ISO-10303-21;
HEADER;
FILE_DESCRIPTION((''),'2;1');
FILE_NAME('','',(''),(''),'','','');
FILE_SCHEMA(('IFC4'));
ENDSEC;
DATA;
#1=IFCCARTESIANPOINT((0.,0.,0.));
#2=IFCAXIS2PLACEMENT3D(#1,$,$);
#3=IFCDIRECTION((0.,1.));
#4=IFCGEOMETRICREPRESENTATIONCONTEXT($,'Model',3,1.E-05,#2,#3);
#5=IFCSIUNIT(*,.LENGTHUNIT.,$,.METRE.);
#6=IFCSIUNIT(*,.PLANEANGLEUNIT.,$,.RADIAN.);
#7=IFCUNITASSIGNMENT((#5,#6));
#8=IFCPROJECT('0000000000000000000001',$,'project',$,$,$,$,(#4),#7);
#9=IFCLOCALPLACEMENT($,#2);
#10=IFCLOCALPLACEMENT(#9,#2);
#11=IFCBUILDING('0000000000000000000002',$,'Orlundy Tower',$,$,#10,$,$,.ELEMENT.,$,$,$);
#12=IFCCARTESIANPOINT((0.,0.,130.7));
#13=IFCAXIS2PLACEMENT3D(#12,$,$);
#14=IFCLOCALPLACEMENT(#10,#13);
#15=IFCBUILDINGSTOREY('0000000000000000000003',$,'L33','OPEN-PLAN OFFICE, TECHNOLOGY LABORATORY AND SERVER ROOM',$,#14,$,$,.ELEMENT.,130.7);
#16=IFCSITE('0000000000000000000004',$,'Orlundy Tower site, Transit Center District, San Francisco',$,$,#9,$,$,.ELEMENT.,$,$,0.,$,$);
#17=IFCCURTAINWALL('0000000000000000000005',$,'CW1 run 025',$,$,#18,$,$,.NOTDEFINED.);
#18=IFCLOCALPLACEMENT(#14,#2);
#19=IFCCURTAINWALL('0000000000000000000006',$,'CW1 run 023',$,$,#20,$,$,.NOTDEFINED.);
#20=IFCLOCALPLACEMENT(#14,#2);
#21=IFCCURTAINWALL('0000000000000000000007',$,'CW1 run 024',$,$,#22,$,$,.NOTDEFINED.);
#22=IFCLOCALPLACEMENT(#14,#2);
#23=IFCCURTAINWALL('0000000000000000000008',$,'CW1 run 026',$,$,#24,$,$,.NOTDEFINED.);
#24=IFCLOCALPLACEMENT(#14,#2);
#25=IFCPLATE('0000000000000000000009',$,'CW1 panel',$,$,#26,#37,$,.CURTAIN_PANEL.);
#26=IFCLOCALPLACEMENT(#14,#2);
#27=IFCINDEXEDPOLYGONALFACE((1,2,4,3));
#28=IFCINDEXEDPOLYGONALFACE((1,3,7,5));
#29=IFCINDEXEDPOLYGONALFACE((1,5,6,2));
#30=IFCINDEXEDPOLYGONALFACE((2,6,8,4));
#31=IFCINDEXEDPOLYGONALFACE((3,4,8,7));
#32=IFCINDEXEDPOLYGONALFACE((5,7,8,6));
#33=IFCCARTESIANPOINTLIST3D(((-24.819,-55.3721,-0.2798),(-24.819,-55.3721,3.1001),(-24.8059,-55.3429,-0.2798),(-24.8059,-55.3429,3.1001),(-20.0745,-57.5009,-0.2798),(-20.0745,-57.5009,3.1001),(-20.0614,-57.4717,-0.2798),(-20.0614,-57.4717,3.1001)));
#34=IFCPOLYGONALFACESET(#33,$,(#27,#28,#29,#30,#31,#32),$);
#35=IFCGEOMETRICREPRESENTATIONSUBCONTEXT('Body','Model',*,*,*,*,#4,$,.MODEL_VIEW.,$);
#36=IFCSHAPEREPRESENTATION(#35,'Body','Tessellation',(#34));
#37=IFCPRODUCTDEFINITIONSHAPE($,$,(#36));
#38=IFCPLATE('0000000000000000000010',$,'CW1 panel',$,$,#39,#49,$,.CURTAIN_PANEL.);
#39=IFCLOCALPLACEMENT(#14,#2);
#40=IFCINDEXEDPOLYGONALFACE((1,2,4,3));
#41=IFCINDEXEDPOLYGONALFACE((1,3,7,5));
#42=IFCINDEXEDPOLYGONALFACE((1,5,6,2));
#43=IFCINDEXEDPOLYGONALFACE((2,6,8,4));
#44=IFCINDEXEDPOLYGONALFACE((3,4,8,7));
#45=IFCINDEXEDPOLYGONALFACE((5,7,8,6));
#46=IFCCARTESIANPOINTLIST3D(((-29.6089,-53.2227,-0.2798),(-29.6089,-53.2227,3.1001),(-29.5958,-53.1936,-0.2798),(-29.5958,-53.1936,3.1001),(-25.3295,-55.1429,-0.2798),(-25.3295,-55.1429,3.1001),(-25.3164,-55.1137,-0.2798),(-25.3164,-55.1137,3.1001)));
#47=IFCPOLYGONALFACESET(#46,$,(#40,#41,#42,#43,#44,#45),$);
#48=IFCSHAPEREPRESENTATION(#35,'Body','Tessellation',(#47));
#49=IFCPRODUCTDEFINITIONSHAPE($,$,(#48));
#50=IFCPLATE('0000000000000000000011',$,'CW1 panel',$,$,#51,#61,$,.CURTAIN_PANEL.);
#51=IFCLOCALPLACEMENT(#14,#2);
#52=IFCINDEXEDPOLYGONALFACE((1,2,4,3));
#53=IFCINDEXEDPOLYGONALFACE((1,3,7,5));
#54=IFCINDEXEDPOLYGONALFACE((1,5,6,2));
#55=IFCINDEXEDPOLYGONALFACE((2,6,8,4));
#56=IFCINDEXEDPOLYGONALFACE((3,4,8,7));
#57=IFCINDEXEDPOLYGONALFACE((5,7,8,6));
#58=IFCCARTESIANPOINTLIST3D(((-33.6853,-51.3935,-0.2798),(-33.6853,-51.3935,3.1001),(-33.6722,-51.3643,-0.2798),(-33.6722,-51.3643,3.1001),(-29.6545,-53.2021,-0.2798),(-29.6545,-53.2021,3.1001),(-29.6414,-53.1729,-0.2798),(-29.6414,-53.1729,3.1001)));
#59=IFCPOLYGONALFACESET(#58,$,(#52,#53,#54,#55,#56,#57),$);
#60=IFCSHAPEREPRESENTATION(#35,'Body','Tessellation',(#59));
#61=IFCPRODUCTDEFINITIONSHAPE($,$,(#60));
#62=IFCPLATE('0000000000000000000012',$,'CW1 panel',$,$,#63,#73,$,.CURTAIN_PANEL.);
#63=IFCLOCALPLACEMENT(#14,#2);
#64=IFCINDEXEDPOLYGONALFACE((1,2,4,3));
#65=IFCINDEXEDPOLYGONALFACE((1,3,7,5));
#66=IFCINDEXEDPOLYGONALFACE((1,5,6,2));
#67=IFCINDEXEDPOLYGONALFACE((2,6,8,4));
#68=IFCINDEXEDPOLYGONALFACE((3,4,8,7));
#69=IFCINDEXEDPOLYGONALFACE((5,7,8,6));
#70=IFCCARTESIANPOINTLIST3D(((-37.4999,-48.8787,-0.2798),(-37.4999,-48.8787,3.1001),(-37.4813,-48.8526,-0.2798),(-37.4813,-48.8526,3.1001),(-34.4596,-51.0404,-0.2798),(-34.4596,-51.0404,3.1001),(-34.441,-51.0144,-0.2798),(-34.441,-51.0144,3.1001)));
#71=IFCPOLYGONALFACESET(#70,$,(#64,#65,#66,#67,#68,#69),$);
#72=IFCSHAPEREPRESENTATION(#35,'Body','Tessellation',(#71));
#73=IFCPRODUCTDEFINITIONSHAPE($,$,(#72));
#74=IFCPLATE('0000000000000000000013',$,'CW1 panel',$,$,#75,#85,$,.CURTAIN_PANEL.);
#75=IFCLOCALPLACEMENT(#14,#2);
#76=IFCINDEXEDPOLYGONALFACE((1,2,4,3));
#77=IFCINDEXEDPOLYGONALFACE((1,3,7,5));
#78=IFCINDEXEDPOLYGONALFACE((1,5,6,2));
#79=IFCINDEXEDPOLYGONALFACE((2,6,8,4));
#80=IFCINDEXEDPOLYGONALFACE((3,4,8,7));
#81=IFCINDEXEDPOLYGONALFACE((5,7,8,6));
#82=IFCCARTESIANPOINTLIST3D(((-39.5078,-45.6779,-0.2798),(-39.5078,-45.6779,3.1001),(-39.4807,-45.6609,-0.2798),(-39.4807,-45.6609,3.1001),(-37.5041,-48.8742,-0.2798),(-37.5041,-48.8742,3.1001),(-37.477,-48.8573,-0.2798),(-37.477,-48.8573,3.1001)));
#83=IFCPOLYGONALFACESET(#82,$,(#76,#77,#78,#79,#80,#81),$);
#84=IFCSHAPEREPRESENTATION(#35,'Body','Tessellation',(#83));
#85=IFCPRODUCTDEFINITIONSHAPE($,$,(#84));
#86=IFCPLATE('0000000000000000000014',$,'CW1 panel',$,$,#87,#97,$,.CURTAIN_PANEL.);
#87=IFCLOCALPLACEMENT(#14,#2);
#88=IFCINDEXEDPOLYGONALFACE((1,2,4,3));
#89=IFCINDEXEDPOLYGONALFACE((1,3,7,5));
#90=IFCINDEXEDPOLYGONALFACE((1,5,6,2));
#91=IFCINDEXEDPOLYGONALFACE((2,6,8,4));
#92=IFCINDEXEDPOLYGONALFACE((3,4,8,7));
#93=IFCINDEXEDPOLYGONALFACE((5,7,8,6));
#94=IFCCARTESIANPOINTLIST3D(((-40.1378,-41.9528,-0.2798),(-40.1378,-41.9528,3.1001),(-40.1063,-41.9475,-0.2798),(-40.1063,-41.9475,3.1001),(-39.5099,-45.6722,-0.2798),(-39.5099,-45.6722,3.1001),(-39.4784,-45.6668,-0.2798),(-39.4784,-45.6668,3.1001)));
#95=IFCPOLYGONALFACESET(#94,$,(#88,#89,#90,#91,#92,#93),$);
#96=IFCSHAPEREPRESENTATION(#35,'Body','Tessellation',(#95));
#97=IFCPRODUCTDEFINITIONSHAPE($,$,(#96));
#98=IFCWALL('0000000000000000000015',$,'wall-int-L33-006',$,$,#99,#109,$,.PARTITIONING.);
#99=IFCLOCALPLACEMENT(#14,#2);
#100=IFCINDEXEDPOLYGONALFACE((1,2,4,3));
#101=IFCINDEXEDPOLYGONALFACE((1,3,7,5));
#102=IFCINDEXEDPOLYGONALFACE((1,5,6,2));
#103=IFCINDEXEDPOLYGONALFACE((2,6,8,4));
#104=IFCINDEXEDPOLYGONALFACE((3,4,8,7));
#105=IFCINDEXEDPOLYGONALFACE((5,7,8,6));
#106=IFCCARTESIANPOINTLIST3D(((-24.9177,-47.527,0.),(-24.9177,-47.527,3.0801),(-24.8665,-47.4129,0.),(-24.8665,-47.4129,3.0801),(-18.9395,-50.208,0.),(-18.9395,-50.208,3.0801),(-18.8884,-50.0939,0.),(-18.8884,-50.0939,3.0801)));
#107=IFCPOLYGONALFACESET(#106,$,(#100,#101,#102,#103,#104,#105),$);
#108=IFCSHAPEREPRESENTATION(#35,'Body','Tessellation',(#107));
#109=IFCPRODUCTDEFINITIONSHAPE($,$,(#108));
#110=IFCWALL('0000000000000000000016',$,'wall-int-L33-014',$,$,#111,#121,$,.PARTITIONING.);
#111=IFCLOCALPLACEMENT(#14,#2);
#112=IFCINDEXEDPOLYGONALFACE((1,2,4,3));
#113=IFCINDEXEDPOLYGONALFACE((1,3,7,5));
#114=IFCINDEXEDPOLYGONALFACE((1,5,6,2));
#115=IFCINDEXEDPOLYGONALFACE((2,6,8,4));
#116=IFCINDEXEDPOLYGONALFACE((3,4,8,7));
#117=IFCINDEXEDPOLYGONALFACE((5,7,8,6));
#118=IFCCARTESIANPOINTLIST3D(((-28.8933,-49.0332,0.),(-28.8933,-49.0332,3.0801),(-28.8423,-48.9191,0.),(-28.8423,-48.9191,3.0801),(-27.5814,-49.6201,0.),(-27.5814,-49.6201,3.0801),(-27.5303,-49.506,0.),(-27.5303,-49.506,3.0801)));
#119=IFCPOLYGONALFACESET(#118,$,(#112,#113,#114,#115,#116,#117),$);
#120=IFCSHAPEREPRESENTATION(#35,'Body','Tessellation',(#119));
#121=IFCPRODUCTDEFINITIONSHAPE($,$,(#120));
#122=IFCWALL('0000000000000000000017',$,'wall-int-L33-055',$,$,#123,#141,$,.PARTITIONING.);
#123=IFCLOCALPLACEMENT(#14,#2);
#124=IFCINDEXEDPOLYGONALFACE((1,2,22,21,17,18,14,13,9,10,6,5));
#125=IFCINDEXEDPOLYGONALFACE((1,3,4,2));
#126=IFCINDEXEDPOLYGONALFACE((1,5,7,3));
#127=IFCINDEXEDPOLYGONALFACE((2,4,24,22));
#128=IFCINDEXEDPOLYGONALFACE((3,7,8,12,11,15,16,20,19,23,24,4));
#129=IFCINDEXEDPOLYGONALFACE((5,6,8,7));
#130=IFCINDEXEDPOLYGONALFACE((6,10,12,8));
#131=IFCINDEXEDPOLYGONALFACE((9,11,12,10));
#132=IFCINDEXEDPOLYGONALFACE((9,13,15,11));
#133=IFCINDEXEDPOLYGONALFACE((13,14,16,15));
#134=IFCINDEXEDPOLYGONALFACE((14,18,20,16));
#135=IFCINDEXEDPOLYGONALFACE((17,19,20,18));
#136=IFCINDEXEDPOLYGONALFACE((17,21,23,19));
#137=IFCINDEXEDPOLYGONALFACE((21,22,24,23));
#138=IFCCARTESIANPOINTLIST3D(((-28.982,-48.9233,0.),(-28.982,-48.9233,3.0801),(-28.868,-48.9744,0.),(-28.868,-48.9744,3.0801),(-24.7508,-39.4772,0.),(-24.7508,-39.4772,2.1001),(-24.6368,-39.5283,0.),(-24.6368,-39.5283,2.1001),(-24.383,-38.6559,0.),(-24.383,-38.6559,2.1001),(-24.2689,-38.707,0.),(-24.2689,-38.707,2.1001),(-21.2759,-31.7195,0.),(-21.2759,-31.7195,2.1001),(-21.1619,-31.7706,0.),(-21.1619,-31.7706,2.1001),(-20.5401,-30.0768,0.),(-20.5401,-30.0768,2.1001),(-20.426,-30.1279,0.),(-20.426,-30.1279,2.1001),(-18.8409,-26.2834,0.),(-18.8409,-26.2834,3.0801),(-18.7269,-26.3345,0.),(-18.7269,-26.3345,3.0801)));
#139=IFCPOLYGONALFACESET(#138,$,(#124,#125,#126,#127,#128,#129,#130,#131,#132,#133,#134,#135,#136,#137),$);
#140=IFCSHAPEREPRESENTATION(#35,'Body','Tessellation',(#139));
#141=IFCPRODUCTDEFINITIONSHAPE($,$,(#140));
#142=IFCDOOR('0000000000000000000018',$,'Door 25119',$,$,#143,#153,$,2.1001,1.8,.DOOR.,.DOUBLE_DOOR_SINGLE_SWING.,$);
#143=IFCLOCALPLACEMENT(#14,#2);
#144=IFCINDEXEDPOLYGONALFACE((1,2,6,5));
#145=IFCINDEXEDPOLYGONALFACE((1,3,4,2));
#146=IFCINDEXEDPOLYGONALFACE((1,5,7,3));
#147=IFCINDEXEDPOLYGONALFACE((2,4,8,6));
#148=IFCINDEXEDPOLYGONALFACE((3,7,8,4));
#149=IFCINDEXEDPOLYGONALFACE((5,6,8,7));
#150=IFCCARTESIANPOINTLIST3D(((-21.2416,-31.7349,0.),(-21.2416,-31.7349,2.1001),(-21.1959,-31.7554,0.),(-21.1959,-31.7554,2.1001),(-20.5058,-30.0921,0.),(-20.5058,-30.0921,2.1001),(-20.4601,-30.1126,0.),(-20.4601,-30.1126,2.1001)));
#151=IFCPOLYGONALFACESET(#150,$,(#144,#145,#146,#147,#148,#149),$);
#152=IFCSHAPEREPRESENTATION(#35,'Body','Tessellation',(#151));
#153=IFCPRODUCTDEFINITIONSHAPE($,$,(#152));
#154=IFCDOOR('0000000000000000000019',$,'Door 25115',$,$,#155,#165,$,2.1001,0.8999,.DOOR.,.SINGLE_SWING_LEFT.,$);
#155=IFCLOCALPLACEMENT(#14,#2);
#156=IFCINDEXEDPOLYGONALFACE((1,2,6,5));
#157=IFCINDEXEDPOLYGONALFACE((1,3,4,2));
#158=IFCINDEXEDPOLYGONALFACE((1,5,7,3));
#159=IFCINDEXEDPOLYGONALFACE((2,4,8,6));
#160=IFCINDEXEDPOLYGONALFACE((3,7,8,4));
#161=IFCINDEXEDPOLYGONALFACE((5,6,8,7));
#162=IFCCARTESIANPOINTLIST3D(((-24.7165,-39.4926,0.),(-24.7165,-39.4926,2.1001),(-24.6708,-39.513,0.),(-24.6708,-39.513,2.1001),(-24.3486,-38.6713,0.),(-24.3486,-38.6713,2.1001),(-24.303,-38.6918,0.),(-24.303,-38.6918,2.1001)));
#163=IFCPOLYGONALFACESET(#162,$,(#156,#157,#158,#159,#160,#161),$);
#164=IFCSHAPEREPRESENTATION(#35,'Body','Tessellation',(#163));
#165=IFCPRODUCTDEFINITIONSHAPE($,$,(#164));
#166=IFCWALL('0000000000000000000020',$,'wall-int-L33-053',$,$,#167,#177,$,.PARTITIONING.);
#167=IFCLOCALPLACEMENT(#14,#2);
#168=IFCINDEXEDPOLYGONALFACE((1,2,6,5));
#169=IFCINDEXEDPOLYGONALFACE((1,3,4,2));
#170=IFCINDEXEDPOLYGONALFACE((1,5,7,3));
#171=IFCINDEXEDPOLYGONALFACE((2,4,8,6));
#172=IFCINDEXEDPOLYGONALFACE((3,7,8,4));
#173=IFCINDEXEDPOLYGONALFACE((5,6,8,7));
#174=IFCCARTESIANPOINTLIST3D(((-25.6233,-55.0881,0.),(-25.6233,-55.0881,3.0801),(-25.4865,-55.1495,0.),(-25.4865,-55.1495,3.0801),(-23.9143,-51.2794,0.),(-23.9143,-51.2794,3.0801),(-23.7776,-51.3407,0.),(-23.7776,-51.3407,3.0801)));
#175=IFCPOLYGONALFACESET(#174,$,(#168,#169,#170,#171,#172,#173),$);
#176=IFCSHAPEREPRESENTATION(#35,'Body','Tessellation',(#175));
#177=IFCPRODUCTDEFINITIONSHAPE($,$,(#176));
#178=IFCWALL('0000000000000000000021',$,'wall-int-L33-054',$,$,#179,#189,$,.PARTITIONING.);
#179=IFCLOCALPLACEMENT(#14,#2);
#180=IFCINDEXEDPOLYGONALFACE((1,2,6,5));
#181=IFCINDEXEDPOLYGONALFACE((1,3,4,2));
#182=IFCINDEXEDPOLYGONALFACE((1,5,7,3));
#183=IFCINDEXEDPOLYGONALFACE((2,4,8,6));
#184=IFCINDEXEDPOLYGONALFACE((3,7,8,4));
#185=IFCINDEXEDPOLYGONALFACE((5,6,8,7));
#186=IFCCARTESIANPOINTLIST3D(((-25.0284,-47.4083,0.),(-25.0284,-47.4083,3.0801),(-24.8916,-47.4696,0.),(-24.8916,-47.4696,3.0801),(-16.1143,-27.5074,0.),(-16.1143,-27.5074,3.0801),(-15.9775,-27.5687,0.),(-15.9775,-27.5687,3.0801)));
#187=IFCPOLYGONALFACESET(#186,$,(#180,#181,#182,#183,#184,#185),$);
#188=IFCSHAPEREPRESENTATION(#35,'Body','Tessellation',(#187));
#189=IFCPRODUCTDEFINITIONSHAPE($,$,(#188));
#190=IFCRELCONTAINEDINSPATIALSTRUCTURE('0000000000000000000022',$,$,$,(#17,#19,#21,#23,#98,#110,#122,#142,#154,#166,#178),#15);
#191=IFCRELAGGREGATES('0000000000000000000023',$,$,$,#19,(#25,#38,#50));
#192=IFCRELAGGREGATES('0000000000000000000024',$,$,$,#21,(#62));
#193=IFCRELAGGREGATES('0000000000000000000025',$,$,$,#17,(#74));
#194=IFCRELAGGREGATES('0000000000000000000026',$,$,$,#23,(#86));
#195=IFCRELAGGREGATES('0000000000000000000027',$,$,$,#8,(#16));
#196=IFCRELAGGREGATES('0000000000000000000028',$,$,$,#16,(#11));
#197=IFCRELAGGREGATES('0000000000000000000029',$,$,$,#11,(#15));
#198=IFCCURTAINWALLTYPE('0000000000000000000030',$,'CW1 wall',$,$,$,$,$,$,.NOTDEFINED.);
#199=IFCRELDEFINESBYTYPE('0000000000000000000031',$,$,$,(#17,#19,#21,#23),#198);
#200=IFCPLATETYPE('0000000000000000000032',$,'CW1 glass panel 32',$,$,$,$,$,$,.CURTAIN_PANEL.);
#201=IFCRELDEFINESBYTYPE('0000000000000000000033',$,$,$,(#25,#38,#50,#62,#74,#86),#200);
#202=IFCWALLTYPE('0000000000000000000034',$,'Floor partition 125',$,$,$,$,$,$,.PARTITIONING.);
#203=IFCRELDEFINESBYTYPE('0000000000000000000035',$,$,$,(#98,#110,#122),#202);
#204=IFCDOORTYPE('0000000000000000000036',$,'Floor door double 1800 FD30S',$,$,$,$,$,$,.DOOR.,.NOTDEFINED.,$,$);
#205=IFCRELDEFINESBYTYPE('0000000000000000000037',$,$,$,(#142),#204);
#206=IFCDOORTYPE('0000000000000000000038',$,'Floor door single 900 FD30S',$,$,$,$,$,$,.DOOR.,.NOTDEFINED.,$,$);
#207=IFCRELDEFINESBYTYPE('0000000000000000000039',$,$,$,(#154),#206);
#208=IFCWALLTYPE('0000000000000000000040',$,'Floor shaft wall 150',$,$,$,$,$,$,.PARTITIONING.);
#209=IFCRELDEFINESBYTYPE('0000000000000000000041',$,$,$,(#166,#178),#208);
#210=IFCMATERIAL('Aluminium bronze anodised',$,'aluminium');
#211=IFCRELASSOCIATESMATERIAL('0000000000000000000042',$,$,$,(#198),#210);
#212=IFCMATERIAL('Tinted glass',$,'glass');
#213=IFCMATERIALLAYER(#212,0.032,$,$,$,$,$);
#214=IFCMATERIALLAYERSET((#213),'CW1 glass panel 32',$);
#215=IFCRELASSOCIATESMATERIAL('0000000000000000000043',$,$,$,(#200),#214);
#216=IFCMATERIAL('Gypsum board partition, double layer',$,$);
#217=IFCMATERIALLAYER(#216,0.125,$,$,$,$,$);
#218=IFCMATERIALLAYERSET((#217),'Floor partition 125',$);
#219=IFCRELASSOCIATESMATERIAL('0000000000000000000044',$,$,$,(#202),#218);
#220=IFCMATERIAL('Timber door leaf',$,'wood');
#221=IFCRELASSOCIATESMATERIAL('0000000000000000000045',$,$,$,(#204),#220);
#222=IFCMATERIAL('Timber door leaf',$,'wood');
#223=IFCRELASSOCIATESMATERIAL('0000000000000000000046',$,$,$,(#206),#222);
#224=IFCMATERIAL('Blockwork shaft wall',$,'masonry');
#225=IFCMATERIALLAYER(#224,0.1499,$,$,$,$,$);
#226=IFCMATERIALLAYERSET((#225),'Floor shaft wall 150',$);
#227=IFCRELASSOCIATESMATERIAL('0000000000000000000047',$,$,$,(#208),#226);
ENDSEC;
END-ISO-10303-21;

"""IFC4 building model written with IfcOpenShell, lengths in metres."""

from ifc_helpers import new_model, si_unit, direction, frame, frame_2d, origin, origin_2d, place, context, subcontext, project, spatial, rectangle, extrude, material, layer, layer_set, type_object, element, fill, aggregate, save


model = new_model("IFC4")

# Units and contexts
model_context = context("Model", 3, precision=1e-05, world=origin(), true_north=direction((0.0, 1.0)))
body_context = subcontext(model_context, "Body", "Model", "MODEL_VIEW")
ifc_project = project(units=[si_unit("LENGTHUNIT", "METRE"), si_unit("PLANEANGLEUNIT", "RADIAN")], contexts=[model_context])

# Site, building, storey
site_placement = place(None, origin())
site = spatial("IfcSite", under=ifc_project, at=site_placement, Name="Orlundy Tower site, Transit Center District, San Francisco", CompositionType="ELEMENT", RefElevation=0.0)
building_placement = place(site_placement, origin())
building = spatial("IfcBuilding", under=site, at=building_placement, Name="Orlundy Tower", CompositionType="ELEMENT")
storey_placement = place(building_placement, frame((0.0, 0.0, 130.7)))
storey = spatial("IfcBuildingStorey", under=building, at=storey_placement, Name="L33", Description="OPEN-PLAN OFFICE, TECHNOLOGY LABORATORY AND SERVER ROOM", CompositionType="ELEMENT", Elevation=130.7)

# Curtain wall
ifc_material_1 = material(Name="Aluminium bronze anodised", Category="aluminium")
curtain_wall_type = type_object("IfcCurtainWallType", Name="CW1 wall", PredefinedType="NOTDEFINED", material=ifc_material_1)
curtain_wall_1_placement = place(storey_placement, origin())
curtain_wall_1 = element("IfcCurtainWall", 1, at=curtain_wall_1_placement, inside=storey, type_object=curtain_wall_type, Name="CW1 run 025", PredefinedType="NOTDEFINED")

# Curtain wall
curtain_wall_2_placement = place(storey_placement, origin())
curtain_wall_2 = element("IfcCurtainWall", 2, at=curtain_wall_2_placement, inside=storey, type_object=curtain_wall_type, Name="CW1 run 023", PredefinedType="NOTDEFINED")

# Curtain wall
curtain_wall_3_placement = place(storey_placement, origin())
curtain_wall_3 = element("IfcCurtainWall", 3, at=curtain_wall_3_placement, inside=storey, type_object=curtain_wall_type, Name="CW1 run 024", PredefinedType="NOTDEFINED")

# Curtain wall
curtain_wall_4_placement = place(storey_placement, origin())
curtain_wall_4 = element("IfcCurtainWall", 4, at=curtain_wall_4_placement, inside=storey, type_object=curtain_wall_type, Name="CW1 run 026", PredefinedType="NOTDEFINED")

# Plates
ifc_material_2 = material(Name="Tinted glass", Category="glass")
ifc_layer_1 = layer(ifc_material_2, 0.032)
ifc_layer_set_1 = layer_set([ifc_layer_1], Name="CW1 glass panel 32")
plate_type = type_object("IfcPlateType", Name="CW1 glass panel 32", PredefinedType="CURTAIN_PANEL", material=ifc_layer_set_1)
plate_1_placement = place(storey_placement, frame((-22.4402, -56.4219, -0.2798), z_axis=(0.0, 0.0, 1.0), x_axis=(-0.912366, 0.409374, 0.0)))
plate_1 = element("IfcPlate", 5, at=plate_1_placement, type_object=plate_type, Name="CW1 panel", PredefinedType="CURTAIN_PANEL", context=body_context, shape_type="SweptSolid", body=[
    extrude(rectangle(XDim=5.2002, YDim=0.032, at=origin_2d()), origin(), (0.0, 0.0, 1.0), 3.3799),
])
plate_2_placement = place(storey_placement, frame((-27.4626, -54.1682, -0.2798), z_axis=(0.0, 0.0, 1.0), x_axis=(-0.912366, 0.409374, 0.0)))
plate_2 = element("IfcPlate", 6, at=plate_2_placement, type_object=plate_type, Name="CW1 panel", PredefinedType="CURTAIN_PANEL", context=body_context, shape_type="SweptSolid", body=[
    extrude(rectangle(XDim=4.6904, YDim=0.032, at=origin_2d()), origin(), (0.0, 0.0, 1.0), 3.3799),
])
plate_3_placement = place(storey_placement, frame((-31.6633, -52.2832, -0.2798), z_axis=(0.0, 0.0, 1.0), x_axis=(-0.912366, 0.409374, 0.0)))
plate_3 = element("IfcPlate", 7, at=plate_3_placement, type_object=plate_type, Name="CW1 panel", PredefinedType="CURTAIN_PANEL", context=body_context, shape_type="SweptSolid", body=[
    extrude(rectangle(XDim=4.418, YDim=0.032, at=origin_2d()), origin(), (0.0, 0.0, 1.0), 3.3799),
])
aggregate(curtain_wall_2, [plate_1, plate_2, plate_3])
plate_4_placement = place(storey_placement, frame((-35.9705, -49.9465, -0.2798), z_axis=(0.0, 0.0, 1.0), x_axis=(-0.814989, 0.579476, 0.0)))
plate_4 = element("IfcPlate", 8, at=plate_4_placement, type_object=plate_type, Name="CW1 panel", PredefinedType="CURTAIN_PANEL", context=body_context, shape_type="SweptSolid", body=[
    extrude(rectangle(XDim=3.7305, YDim=0.032, at=origin_2d()), origin(), (0.0, 0.0, 1.0), 3.3799),
])
aggregate(curtain_wall_3, [plate_4])
plate_5_placement = place(storey_placement, frame((-38.4924, -47.2676, -0.2798), z_axis=(0.0, 0.0, 1.0), x_axis=(-0.531138, 0.847285, 0.0)))
plate_5 = element("IfcPlate", 9, at=plate_5_placement, type_object=plate_type, Name="CW1 panel", PredefinedType="CURTAIN_PANEL", context=body_context, shape_type="SweptSolid", body=[
    extrude(rectangle(XDim=3.7725, YDim=0.032, at=origin_2d()), origin(), (0.0, 0.0, 1.0), 3.3799),
])
aggregate(curtain_wall_1, [plate_5])
plate_6_placement = place(storey_placement, frame((-39.8081, -43.8098, -0.2798), z_axis=(0.0, 0.0, 1.0), x_axis=(-0.166455, 0.986049, 0.0)))
plate_6 = element("IfcPlate", 10, at=plate_6_placement, type_object=plate_type, Name="CW1 panel", PredefinedType="CURTAIN_PANEL", context=body_context, shape_type="SweptSolid", body=[
    extrude(rectangle(XDim=3.772, YDim=0.032, at=origin_2d()), origin(), (0.0, 0.0, 1.0), 3.3799),
])
aggregate(curtain_wall_4, [plate_6])

# Walls
ifc_material_3 = material(Name="Gypsum board partition, double layer")
ifc_layer_2 = layer(ifc_material_3, 0.125)
ifc_layer_set_2 = layer_set([ifc_layer_2], Name="Floor partition 125")
wall_type_1 = type_object("IfcWallType", Name="Floor partition 125", PredefinedType="PARTITIONING", material=ifc_layer_set_2)
wall_1_placement = place(storey_placement, frame((-24.8921, -47.47, 0.0), z_axis=(0.0, 0.0, 1.0), x_axis=(0.912446, -0.409196, 0.0)))
element("IfcWall", 11, at=wall_1_placement, inside=storey, type_object=wall_type_1, Name="wall-int-L33-006", PredefinedType="PARTITIONING", context=body_context, shape_type="SweptSolid", body=[
    extrude(rectangle(XDim=6.5518, YDim=0.125, at=frame_2d((3.2759, 0.0))), origin(), (0.0, 0.0, 1.0), 3.0801),
])
wall_2_placement = place(storey_placement, frame((-28.8679, -48.9761, 0.0), z_axis=(0.0, 0.0, 1.0), x_axis=(0.912828, -0.408344, 0.0)))
element("IfcWall", 12, at=wall_2_placement, inside=storey, type_object=wall_type_1, Name="wall-int-L33-014", PredefinedType="PARTITIONING", context=body_context, shape_type="SweptSolid", body=[
    extrude(rectangle(XDim=1.4373, YDim=0.125, at=frame_2d((0.7188, 0.0))), origin(), (0.0, 0.0, 1.0), 3.0801),
])

# Wall, openings, doors
wall_3_placement = place(storey_placement, frame((-28.925, -48.949, 0.0), z_axis=(0.0, 0.0, 1.0), x_axis=(0.408794, 0.912627, 0.0)))
wall_3 = element("IfcWall", 13, at=wall_3_placement, inside=storey, type_object=wall_type_1, Name="wall-int-L33-055", PredefinedType="PARTITIONING", context=body_context, shape_type="SweptSolid", body=[
    extrude(rectangle(XDim=24.8074, YDim=0.125, at=frame_2d((12.4038, 0.0))), origin(), (0.0, 0.0, 1.0), 3.0801),
])
opening_1_placement = place(wall_3_placement, frame((10.3506, 0.0, 0.0)))
opening_1 = element("IfcOpeningElement", 14, at=opening_1_placement, cuts=wall_3, PredefinedType="OPENING", context=body_context, shape_type="SweptSolid", body=[
    extrude(rectangle(XDim=0.8999, YDim=2.1001, at=frame_2d((0.45, 1.05))), frame((0.0, 0.0725, 0.0), z_axis=(0.0, -1.0, 0.0), x_axis=(1.0, 0.0, 0.0)), (0.0, 0.0, 1.0), 0.145),
])
opening_2_placement = place(wall_3_placement, frame((18.8511, 0.0, 0.0)))
opening_2 = element("IfcOpeningElement", 15, at=opening_2_placement, cuts=wall_3, PredefinedType="OPENING", context=body_context, shape_type="SweptSolid", body=[
    extrude(rectangle(XDim=1.8, YDim=2.1001, at=frame_2d((0.8999, 1.05))), frame((0.0, 0.0725, 0.0), z_axis=(0.0, -1.0, 0.0), x_axis=(1.0, 0.0, 0.0)), (0.0, 0.0, 1.0), 0.145),
])
ifc_material_4 = material(Name="Timber door leaf", Category="wood")
door_type_1 = type_object("IfcDoorType", Name="Floor door double 1800 FD30S", OperationType="NOTDEFINED", PredefinedType="DOOR", material=ifc_material_4)
door_1_placement = place(opening_2_placement, origin())
door_1 = element("IfcDoor", 16, at=door_1_placement, inside=storey, type_object=door_type_1, Name="Door 25119", OperationType="DOUBLE_DOOR_SINGLE_SWING", OverallHeight=2.1001, OverallWidth=1.8, PredefinedType="DOOR", context=body_context, shape_type="SweptSolid", body=[
    extrude(rectangle(XDim=1.8, YDim=2.1001, at=frame_2d((0.8999, 1.05))), frame((0.0, 0.0249, 0.0), z_axis=(0.0, -1.0, 0.0), x_axis=(1.0, 0.0, 0.0)), (0.0, 0.0, 1.0), 0.05),
])
fill(opening_2, door_1)
ifc_material_5 = material(Name="Timber door leaf", Category="wood")
door_type_2 = type_object("IfcDoorType", Name="Floor door single 900 FD30S", OperationType="NOTDEFINED", PredefinedType="DOOR", material=ifc_material_5)
door_2_placement = place(opening_1_placement, origin())
door_2 = element("IfcDoor", 17, at=door_2_placement, inside=storey, type_object=door_type_2, Name="Door 25115", OperationType="SINGLE_SWING_LEFT", OverallHeight=2.1001, OverallWidth=0.8999, PredefinedType="DOOR", context=body_context, shape_type="SweptSolid", body=[
    extrude(rectangle(XDim=0.8999, YDim=2.1001, at=frame_2d((0.45, 1.05))), frame((0.0, 0.0249, 0.0), z_axis=(0.0, -1.0, 0.0), x_axis=(1.0, 0.0, 0.0)), (0.0, 0.0, 1.0), 0.05),
])
fill(opening_1, door_2)

# Walls
ifc_material_6 = material(Name="Blockwork shaft wall", Category="masonry")
ifc_layer_3 = layer(ifc_material_6, 0.1499)
ifc_layer_set_3 = layer_set([ifc_layer_3], Name="Floor shaft wall 150")
wall_type_2 = type_object("IfcWallType", Name="Floor shaft wall 150", PredefinedType="PARTITIONING", material=ifc_layer_set_3)
wall_4_placement = place(storey_placement, frame((-25.5549, -55.1189, 0.0), z_axis=(0.0, 0.0, 1.0), x_axis=(0.40937, 0.912369, 0.0)))
element("IfcWall", 18, at=wall_4_placement, inside=storey, type_object=wall_type_2, Name="wall-int-L33-053", PredefinedType="PARTITIONING", context=body_context, shape_type="SweptSolid", body=[
    extrude(rectangle(XDim=4.1746, YDim=0.1499, at=frame_2d((2.0874, 0.0))), origin(), (0.0, 0.0, 1.0), 3.0801),
])
wall_5_placement = place(storey_placement, frame((-24.96, -47.439, 0.0), z_axis=(0.0, 0.0, 1.0), x_axis=(0.408788, 0.912629, 0.0)))
element("IfcWall", 19, at=wall_5_placement, inside=storey, type_object=wall_type_2, Name="wall-int-L33-054", PredefinedType="PARTITIONING", context=body_context, shape_type="SweptSolid", body=[
    extrude(rectangle(XDim=21.8062, YDim=0.1499, at=frame_2d((10.9031, 0.0))), origin(), (0.0, 0.0, 1.0), 3.0801),
])

save(model, "model.ifc")
